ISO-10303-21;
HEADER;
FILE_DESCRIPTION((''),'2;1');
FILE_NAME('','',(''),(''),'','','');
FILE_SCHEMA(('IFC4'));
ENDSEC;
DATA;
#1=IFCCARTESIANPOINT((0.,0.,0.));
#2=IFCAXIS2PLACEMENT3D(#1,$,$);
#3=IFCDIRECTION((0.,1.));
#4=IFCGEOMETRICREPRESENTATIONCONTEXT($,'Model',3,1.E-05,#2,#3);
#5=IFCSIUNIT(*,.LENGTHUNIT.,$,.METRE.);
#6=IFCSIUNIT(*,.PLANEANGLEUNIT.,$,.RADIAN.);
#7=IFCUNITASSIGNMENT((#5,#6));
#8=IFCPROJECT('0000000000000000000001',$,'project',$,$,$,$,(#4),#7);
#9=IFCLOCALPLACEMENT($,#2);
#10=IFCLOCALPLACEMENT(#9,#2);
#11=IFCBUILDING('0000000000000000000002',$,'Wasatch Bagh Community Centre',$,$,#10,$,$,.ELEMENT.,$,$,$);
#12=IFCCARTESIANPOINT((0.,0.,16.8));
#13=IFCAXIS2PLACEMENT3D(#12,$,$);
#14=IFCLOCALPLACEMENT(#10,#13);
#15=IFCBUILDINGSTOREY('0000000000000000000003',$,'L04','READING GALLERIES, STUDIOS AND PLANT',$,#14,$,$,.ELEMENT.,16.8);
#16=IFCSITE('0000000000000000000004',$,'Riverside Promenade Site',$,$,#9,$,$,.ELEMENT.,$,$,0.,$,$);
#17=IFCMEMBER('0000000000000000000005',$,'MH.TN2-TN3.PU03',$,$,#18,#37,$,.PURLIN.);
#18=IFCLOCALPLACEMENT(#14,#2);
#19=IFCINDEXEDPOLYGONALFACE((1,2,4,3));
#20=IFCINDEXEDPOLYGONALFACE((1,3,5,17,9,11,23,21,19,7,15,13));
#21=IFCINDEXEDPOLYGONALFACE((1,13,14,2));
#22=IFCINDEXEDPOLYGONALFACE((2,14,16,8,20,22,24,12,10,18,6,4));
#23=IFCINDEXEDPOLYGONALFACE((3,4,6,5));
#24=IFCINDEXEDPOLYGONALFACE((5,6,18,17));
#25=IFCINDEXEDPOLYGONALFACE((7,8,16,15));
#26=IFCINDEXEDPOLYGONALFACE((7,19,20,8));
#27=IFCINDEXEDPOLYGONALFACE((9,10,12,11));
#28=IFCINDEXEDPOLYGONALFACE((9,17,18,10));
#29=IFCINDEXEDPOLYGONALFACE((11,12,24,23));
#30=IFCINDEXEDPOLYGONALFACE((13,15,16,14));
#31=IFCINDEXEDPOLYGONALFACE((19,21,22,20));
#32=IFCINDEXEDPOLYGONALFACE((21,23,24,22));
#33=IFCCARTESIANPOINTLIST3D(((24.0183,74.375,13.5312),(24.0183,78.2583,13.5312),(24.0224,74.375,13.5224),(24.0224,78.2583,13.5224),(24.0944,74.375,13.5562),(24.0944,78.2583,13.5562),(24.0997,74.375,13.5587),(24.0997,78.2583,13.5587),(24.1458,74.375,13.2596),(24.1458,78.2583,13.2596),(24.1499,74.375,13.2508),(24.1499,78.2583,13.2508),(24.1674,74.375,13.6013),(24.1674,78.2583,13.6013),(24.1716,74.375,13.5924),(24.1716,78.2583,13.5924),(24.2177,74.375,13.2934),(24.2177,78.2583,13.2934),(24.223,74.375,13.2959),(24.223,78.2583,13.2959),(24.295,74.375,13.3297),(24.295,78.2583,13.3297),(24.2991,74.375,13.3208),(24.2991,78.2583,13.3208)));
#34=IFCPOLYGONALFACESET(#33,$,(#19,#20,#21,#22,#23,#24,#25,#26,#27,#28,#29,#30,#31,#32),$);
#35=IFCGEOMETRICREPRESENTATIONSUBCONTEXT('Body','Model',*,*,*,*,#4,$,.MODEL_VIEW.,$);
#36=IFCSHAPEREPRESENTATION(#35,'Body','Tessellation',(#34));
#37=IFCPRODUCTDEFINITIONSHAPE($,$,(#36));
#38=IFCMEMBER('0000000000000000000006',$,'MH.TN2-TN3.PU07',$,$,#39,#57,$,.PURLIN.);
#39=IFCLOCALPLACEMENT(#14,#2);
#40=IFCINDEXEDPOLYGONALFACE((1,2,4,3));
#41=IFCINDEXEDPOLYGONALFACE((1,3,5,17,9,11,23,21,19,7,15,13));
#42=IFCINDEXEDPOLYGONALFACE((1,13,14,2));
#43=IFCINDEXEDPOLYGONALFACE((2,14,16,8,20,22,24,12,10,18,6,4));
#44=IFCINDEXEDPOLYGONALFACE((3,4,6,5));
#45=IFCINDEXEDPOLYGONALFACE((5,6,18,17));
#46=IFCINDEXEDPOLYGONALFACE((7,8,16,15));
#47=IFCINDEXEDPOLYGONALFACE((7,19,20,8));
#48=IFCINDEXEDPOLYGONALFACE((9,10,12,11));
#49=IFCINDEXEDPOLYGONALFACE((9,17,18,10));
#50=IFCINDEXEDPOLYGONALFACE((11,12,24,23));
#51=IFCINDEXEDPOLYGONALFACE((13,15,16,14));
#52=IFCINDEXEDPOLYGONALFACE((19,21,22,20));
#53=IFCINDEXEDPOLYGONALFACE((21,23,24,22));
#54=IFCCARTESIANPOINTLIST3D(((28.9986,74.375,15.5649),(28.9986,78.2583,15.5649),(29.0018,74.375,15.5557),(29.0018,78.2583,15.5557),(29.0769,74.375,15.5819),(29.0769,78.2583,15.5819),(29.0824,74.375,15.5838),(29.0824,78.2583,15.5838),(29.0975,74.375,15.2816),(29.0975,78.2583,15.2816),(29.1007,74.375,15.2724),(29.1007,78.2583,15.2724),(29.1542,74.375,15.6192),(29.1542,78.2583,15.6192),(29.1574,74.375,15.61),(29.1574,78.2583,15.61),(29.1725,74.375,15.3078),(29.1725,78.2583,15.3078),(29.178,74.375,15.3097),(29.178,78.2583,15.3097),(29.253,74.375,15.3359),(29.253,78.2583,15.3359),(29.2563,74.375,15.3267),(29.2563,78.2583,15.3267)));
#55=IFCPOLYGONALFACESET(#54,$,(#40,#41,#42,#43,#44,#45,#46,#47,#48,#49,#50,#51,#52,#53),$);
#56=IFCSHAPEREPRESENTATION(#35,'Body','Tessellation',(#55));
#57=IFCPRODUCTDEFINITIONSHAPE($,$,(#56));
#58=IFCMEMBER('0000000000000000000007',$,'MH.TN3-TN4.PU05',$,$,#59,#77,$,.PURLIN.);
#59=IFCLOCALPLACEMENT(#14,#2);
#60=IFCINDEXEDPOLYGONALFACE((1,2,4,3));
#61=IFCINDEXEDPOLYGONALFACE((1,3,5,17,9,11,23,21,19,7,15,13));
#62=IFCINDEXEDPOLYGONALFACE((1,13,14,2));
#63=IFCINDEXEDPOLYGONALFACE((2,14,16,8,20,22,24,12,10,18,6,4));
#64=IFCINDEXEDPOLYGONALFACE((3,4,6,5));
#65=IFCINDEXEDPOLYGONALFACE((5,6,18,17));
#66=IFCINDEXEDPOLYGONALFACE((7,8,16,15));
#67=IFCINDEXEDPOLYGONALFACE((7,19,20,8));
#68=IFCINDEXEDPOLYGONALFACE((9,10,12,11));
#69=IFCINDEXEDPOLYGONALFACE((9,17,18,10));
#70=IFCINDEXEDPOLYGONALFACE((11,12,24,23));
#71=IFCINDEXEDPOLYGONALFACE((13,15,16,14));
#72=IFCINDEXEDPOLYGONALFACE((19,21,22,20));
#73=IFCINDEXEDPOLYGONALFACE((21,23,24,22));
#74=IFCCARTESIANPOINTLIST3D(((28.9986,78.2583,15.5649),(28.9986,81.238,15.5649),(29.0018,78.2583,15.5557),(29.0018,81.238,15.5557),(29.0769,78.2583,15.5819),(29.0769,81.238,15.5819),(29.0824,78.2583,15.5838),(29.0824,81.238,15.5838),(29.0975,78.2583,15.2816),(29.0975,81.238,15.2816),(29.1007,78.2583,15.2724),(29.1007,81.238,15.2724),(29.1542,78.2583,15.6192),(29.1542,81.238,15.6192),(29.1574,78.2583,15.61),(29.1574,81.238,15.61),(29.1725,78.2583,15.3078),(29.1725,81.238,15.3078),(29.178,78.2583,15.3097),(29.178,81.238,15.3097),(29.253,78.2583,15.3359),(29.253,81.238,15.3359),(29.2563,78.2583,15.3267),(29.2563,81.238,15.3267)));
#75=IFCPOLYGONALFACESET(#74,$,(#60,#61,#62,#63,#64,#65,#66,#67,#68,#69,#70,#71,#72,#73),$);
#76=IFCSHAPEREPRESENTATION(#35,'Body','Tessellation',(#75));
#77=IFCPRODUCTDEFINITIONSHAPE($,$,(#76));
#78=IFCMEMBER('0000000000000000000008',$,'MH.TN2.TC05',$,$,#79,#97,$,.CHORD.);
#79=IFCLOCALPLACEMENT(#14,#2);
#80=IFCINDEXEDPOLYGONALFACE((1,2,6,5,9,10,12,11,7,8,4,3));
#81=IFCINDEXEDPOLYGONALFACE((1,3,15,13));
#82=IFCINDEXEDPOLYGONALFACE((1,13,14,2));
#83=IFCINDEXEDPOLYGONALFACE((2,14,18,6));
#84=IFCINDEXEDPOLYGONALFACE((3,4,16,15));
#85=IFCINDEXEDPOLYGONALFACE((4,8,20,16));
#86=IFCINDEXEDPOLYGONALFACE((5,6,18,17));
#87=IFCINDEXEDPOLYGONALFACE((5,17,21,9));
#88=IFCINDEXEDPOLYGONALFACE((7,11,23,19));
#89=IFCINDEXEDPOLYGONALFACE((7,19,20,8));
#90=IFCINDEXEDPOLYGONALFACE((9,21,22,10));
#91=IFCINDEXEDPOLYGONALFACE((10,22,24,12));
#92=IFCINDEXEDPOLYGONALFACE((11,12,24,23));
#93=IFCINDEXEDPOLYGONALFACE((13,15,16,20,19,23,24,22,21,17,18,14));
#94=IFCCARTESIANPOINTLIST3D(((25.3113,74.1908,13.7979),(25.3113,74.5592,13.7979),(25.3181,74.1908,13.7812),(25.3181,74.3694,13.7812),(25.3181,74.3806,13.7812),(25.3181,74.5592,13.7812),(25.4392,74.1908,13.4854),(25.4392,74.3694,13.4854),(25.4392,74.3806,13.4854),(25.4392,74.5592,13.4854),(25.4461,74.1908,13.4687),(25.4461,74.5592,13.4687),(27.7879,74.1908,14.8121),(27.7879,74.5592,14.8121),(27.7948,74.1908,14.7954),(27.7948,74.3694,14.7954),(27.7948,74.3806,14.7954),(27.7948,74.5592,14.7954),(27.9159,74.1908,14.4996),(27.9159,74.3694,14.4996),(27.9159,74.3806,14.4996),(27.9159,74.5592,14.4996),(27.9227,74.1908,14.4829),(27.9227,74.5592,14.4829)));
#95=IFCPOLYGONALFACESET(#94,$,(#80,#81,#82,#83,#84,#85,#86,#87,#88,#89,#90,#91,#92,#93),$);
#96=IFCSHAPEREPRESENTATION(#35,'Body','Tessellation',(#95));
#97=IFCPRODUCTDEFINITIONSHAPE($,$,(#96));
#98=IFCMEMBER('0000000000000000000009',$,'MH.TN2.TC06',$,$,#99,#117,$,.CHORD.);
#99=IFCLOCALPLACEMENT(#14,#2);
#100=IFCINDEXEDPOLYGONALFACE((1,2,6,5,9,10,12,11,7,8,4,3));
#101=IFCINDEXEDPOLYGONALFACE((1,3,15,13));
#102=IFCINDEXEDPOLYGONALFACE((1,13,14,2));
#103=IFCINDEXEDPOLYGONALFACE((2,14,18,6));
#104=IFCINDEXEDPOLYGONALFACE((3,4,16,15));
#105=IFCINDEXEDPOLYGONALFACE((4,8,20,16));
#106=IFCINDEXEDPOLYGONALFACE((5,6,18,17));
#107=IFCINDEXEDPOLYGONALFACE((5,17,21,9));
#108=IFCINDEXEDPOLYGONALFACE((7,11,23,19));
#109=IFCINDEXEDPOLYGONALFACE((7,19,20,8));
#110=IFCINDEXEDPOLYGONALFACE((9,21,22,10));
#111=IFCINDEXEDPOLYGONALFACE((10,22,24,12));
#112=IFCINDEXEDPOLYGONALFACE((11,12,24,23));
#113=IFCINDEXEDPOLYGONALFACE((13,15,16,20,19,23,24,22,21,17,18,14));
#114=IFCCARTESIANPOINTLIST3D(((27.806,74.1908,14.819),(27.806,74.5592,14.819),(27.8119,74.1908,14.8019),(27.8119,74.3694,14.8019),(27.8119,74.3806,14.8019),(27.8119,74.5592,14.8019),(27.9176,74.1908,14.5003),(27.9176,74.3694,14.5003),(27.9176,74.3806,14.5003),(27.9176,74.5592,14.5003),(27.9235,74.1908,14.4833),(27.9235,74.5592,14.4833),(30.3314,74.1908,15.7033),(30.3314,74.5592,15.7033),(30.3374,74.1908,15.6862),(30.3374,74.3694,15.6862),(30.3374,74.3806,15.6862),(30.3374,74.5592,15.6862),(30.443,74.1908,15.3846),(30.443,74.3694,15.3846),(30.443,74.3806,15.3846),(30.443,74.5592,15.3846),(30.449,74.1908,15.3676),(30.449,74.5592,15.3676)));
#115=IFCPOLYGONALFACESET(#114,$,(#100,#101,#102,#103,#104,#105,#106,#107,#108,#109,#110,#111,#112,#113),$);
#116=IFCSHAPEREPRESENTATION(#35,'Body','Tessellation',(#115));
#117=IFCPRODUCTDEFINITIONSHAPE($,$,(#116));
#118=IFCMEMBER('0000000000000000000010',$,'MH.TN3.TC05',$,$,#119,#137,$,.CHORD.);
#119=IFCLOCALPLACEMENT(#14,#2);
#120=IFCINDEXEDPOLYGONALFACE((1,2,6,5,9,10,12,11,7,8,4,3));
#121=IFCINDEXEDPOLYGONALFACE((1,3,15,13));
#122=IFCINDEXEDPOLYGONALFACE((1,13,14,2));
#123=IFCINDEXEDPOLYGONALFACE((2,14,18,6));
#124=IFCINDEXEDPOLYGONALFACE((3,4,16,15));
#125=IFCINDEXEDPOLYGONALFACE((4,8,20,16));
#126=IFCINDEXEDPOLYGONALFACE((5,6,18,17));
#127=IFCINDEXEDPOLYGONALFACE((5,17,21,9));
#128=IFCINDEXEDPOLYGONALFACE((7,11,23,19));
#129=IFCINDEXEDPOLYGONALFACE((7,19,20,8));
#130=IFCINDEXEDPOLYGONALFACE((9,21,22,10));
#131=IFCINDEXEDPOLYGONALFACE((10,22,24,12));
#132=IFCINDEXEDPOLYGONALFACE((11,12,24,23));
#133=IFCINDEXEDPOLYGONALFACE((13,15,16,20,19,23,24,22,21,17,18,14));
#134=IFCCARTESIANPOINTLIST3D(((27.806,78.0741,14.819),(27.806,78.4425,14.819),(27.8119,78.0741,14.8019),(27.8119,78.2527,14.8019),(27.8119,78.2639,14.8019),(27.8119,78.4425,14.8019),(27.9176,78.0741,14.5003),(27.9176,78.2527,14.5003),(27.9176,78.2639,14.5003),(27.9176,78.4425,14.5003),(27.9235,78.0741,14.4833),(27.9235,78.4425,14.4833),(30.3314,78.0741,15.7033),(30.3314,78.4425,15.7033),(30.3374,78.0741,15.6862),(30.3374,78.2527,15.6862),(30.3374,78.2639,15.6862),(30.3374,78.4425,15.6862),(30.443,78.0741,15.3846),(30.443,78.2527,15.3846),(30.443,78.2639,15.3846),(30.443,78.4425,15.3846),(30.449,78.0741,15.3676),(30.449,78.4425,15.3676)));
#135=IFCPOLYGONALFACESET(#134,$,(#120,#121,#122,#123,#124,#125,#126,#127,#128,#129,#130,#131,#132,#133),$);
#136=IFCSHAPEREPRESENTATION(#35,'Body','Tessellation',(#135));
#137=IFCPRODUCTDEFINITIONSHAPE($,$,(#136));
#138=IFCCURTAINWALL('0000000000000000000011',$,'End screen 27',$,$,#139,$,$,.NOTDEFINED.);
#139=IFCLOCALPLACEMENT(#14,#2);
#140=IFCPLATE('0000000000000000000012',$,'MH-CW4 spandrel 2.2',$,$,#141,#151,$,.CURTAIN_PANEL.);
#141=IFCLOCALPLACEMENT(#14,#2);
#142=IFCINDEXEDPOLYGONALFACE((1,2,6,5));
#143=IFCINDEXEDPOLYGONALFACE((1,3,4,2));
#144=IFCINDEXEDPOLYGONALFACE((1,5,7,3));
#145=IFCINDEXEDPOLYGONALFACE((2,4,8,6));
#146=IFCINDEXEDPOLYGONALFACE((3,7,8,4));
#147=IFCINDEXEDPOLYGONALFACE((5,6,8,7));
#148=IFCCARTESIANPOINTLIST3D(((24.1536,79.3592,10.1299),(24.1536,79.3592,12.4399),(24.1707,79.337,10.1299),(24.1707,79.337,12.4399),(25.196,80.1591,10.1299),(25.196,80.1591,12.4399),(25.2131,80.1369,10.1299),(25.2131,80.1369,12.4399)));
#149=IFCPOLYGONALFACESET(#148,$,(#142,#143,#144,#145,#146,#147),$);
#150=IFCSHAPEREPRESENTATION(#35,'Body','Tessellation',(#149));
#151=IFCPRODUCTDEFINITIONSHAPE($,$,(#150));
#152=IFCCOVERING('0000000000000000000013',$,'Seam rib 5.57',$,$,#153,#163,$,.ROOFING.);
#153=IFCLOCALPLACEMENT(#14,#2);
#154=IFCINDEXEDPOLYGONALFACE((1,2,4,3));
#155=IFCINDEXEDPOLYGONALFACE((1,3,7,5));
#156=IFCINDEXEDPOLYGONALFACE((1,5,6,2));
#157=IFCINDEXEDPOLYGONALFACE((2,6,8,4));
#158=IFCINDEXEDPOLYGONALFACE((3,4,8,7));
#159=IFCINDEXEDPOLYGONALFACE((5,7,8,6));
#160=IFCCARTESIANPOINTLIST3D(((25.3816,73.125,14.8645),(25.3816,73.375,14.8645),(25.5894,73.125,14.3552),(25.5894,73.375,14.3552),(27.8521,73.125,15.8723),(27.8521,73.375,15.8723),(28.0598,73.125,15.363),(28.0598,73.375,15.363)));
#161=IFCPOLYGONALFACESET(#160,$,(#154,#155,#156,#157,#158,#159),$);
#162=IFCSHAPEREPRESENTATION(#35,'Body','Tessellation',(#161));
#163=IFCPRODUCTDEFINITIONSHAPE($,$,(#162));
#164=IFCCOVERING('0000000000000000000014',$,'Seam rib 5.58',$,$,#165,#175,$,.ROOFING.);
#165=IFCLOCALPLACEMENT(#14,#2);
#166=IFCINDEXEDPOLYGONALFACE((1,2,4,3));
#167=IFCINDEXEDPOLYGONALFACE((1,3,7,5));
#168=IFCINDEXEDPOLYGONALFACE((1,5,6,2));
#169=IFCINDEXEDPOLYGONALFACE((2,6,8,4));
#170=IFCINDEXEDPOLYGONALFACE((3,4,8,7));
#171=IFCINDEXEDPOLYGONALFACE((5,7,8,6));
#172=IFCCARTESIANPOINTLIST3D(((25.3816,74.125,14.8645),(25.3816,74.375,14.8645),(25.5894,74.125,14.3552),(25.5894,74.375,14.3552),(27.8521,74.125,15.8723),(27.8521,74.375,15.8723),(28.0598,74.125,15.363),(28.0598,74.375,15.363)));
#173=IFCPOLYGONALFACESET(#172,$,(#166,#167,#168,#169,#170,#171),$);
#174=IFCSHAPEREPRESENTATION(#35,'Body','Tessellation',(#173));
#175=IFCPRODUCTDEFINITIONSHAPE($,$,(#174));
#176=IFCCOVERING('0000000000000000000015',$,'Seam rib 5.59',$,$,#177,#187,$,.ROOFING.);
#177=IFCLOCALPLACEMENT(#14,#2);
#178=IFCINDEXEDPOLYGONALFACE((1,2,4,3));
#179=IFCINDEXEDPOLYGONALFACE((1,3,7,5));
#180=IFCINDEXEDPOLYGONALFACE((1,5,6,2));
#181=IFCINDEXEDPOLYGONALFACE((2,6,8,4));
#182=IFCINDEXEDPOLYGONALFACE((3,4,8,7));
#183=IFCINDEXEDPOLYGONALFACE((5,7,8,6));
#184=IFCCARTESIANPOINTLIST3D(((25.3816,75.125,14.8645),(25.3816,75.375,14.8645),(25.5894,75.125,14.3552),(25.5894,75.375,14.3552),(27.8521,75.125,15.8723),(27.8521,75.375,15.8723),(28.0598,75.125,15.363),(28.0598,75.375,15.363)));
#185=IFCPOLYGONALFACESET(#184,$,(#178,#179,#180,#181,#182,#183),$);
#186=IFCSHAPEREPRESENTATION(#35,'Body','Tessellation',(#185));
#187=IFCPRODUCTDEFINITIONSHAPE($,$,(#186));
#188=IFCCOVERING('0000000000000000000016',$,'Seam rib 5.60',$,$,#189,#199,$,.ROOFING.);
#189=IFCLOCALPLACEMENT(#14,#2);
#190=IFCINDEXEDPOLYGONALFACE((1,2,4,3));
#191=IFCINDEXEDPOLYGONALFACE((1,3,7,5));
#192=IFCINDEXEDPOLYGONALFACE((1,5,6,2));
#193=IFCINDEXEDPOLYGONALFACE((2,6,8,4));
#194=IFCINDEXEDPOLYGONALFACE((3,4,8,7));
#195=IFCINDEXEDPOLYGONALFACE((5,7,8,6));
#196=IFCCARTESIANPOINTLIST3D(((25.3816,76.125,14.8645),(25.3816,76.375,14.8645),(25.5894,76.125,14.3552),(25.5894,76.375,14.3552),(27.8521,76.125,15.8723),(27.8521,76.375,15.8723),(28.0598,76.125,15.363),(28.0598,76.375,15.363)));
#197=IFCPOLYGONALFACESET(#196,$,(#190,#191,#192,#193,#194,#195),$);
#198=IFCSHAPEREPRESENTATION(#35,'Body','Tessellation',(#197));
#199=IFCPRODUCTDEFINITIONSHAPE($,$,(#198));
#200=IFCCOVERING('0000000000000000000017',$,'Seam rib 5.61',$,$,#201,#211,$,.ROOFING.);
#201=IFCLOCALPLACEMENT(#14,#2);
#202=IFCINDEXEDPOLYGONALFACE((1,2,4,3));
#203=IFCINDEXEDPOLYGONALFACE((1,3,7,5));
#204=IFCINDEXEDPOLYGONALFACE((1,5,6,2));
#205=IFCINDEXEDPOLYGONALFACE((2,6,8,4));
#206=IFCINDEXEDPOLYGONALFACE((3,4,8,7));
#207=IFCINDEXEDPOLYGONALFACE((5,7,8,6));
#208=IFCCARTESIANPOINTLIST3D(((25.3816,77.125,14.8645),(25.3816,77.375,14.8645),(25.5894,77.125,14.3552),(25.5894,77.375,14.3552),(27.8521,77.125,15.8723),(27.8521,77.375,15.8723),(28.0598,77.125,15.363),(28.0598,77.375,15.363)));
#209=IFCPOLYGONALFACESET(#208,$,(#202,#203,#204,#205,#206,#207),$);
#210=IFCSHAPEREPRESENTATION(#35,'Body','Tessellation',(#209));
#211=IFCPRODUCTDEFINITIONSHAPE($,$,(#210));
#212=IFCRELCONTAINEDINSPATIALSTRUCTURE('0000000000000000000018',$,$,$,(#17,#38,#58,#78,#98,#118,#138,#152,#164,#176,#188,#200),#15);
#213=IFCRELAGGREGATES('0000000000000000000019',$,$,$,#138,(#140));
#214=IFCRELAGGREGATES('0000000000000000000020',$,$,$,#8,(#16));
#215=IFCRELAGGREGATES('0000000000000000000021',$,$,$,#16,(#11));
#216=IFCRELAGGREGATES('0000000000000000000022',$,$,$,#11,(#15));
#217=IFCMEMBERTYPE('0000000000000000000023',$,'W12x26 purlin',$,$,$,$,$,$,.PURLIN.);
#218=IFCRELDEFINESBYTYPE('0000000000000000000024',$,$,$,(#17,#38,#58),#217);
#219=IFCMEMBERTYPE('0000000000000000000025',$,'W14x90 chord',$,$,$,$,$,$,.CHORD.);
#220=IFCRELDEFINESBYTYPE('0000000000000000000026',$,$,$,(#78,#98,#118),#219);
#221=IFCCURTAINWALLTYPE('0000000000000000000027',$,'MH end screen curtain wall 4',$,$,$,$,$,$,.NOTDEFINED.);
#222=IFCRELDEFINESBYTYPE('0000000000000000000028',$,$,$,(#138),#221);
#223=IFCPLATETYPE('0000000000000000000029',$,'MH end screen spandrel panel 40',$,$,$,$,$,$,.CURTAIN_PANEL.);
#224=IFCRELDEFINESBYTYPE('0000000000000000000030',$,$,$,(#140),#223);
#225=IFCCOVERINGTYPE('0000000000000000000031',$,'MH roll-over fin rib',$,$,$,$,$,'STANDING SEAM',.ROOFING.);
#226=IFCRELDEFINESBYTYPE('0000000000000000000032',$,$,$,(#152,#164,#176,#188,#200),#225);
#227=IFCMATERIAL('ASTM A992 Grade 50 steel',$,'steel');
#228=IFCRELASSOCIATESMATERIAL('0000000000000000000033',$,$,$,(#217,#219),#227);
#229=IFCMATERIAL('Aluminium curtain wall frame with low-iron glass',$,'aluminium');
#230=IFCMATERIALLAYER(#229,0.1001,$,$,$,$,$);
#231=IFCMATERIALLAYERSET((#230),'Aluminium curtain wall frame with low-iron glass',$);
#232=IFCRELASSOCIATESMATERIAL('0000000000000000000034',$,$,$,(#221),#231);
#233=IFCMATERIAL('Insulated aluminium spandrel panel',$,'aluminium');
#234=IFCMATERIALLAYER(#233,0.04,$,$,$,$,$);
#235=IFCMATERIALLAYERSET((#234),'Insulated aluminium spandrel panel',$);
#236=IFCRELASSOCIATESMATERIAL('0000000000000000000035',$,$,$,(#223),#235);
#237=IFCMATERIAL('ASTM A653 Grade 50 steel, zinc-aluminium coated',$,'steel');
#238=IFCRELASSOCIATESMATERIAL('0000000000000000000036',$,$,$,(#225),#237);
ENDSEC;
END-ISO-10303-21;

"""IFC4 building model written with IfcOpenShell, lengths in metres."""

from ifc_helpers import new_model, si_unit, direction, frame, origin, origin_2d, place, context, subcontext, project, spatial, polyline, rectangle, i_section, outline, extrude, material, layer, layer_set, material_profile, profile_set, type_object, element, aggregate, save


model = new_model("IFC4")

# Units and contexts
model_context = context("Model", 3, precision=1e-05, world=origin(), true_north=direction((0.0, 1.0)))
body_context = subcontext(model_context, "Body", "Model", "MODEL_VIEW")
ifc_project = project(units=[si_unit("LENGTHUNIT", "METRE"), si_unit("PLANEANGLEUNIT", "RADIAN")], contexts=[model_context])

# Site, building, storey
site_placement = place(None, origin())
site = spatial("IfcSite", under=ifc_project, at=site_placement, Name="Riverside Promenade Site", CompositionType="ELEMENT", RefElevation=0.0)
building_placement = place(site_placement, origin())
building = spatial("IfcBuilding", under=site, at=building_placement, Name="Wasatch Bagh Community Centre", CompositionType="ELEMENT")
storey_placement = place(building_placement, frame((0.0, 0.0, 16.8)))
storey = spatial("IfcBuildingStorey", under=building, at=storey_placement, Name="L04", Description="READING GALLERIES, STUDIOS AND PLANT", CompositionType="ELEMENT", Elevation=16.8)

# Members
ifc_material_1 = material(Name="ASTM A992 Grade 50 steel", Category="steel")
ifc_material_profile_1 = material_profile(ifc_material_1, i_section(OverallWidth=0.1648, OverallDepth=0.3098, WebThickness=0.0059, FlangeThickness=0.0098, at=origin_2d()), Name="W12x26")
ifc_profile_set_1 = profile_set([ifc_material_profile_1], Name="ASTM A992 Grade 50 steel")
member_type_1 = type_object("IfcMemberType", Name="W12x26 purlin", PredefinedType="PURLIN", material=ifc_profile_set_1)
for number, where, z_axis, x_axis, name in (
    (1, (24.1587, 74.375, 13.426), (0.0, 1.0, 0.0), (-0.905205, 0.0, -0.424976), "MH.TN2-TN3.PU03"),
    (2, (29.1274, 74.375, 15.4458), (0.0, 1.0, 0.0), (-0.944194, 0.0, -0.329389), "MH.TN2-TN3.PU07"),
):
    element("IfcMember", number, at=place(storey_placement, frame(where, z_axis=z_axis, x_axis=x_axis)), inside=storey, type_object=member_type_1, Name=name, PredefinedType="PURLIN", context=body_context, shape_type="SweptSolid", body=[
        extrude(i_section(OverallWidth=0.1648, OverallDepth=0.3098, WebThickness=0.0059, FlangeThickness=0.0098, at=origin_2d()), origin(), (0.0, 0.0, 1.0), 3.8833),
    ])
member_1_placement = place(storey_placement, frame((29.1274, 78.2583, 15.4458), z_axis=(0.0, 1.0, 0.0), x_axis=(-0.944194, 0.0, -0.329389)))
element("IfcMember", 3, at=member_1_placement, inside=storey, type_object=member_type_1, Name="MH.TN3-TN4.PU05", PredefinedType="PURLIN", context=body_context, shape_type="SweptSolid", body=[
    extrude(i_section(OverallWidth=0.1648, OverallDepth=0.3098, WebThickness=0.0059, FlangeThickness=0.0098, at=origin_2d()), origin(), (0.0, 0.0, 1.0), 2.9797),
])
ifc_material_profile_2 = material_profile(ifc_material_1, i_section(OverallWidth=0.3684, OverallDepth=0.3557, WebThickness=0.0112, FlangeThickness=0.0181, at=origin_2d()), Name="W14x90")
ifc_profile_set_2 = profile_set([ifc_material_profile_2], Name="ASTM A992 Grade 50 steel")
member_type_2 = type_object("IfcMemberType", Name="W14x90 chord", PredefinedType="CHORD", material=ifc_profile_set_2)
member_2_placement = place(storey_placement, frame((25.3787, 74.375, 13.6333), z_axis=(0.925413, 0.0, 0.37896), x_axis=(0.0, 1.0, 0.0)))
element("IfcMember", 4, at=member_2_placement, inside=storey, type_object=member_type_2, Name="MH.TN2.TC05", PredefinedType="CHORD", context=body_context, shape_type="SweptSolid", body=[
    extrude(i_section(OverallWidth=0.3684, OverallDepth=0.3557, WebThickness=0.0112, FlangeThickness=0.0181, at=origin_2d()), origin(), (0.0, 0.0, 1.0), 2.6763),
])
for number, where, z_axis, x_axis, name in (
    (5, (27.8647, 74.375, 14.6511), (0.943813, 0.0, 0.33048), (0.0, 1.0, 0.0), "MH.TN2.TC06"),
    (6, (27.8647, 78.2583, 14.6511), (0.943813, 0.0, 0.33048), (0.0, 1.0, 0.0), "MH.TN3.TC05"),
):
    element("IfcMember", number, at=place(storey_placement, frame(where, z_axis=z_axis, x_axis=x_axis)), inside=storey, type_object=member_type_2, Name=name, PredefinedType="CHORD", context=body_context, shape_type="SweptSolid", body=[
        extrude(i_section(OverallWidth=0.3684, OverallDepth=0.3557, WebThickness=0.0112, FlangeThickness=0.0181, at=origin_2d()), origin(), (0.0, 0.0, 1.0), 2.6758),
    ])

# Curtain wall, plate
ifc_material_2 = material(Name="Aluminium curtain wall frame with low-iron glass", Category="aluminium")
ifc_layer_1 = layer(ifc_material_2, 0.1001)
ifc_layer_set_1 = layer_set([ifc_layer_1], Name="Aluminium curtain wall frame with low-iron glass")
curtain_wall_type = type_object("IfcCurtainWallType", Name="MH end screen curtain wall 4", PredefinedType="NOTDEFINED", material=ifc_layer_set_1)
curtain_wall_placement = place(storey_placement, origin())
curtain_wall = element("IfcCurtainWall", 7, at=curtain_wall_placement, inside=storey, type_object=curtain_wall_type, Name="End screen 27", PredefinedType="NOTDEFINED")
ifc_material_3 = material(Name="Insulated aluminium spandrel panel", Category="aluminium")
ifc_layer_2 = layer(ifc_material_3, 0.04)
ifc_layer_set_2 = layer_set([ifc_layer_2], Name="Insulated aluminium spandrel panel")
plate_type = type_object("IfcPlateType", Name="MH end screen spandrel panel 40", PredefinedType="CURTAIN_PANEL", material=ifc_layer_set_2)
plate_placement = place(storey_placement, frame((24.6833, 79.748, 10.1299), z_axis=(0.0, 0.0, 1.0), x_axis=(-0.793353, -0.608761, 0.0)))
plate = element("IfcPlate", 8, at=plate_placement, type_object=plate_type, Name="MH-CW4 spandrel 2.2", PredefinedType="CURTAIN_PANEL", context=body_context, shape_type="SweptSolid", body=[
    extrude(rectangle(XDim=1.314, YDim=0.0281, at=origin_2d()), origin(), (0.0, 0.0, 1.0), 2.3101),
])
aggregate(curtain_wall, [plate])

# Coverings
ifc_material_4 = material(Name="ASTM A653 Grade 50 steel, zinc-aluminium coated", Category="steel")
covering_type = type_object("IfcCoveringType", Name="MH roll-over fin rib", ElementType="STANDING SEAM", PredefinedType="ROOFING", material=ifc_material_4)
for number, where, z_axis, x_axis, name in (
    (9, (25.3816, 73.125, 14.8645), (-0.377724, 0.0, 0.925918), (0.925918, 0.0, 0.377724), "Seam rib 5.57"),
    (10, (25.3816, 74.125, 14.8645), (-0.377724, 0.0, 0.925918), (0.925918, 0.0, 0.377724), "Seam rib 5.58"),
    (11, (25.3816, 75.125, 14.8645), (-0.377724, 0.0, 0.925918), (0.925918, 0.0, 0.377724), "Seam rib 5.59"),
    (12, (25.3816, 76.125, 14.8645), (-0.377724, 0.0, 0.925918), (0.925918, 0.0, 0.377724), "Seam rib 5.60"),
    (13, (25.3816, 77.125, 14.8645), (-0.377724, 0.0, 0.925918), (0.925918, 0.0, 0.377724), "Seam rib 5.61"),
):
    element("IfcCovering", number, at=place(storey_placement, frame(where, z_axis=z_axis, x_axis=x_axis)), inside=storey, type_object=covering_type, Name=name, PredefinedType="ROOFING", context=body_context, shape_type="SweptSolid", body=[
        extrude(outline(polyline([(0.0, 0.0), (2.6681, 0.0), (2.6681, 0.25), (0.0, 0.25), (0.0, 0.0)])), origin(), (0.0, 0.0, -1.0), 0.55),
    ])

save(model, "model.ifc")
